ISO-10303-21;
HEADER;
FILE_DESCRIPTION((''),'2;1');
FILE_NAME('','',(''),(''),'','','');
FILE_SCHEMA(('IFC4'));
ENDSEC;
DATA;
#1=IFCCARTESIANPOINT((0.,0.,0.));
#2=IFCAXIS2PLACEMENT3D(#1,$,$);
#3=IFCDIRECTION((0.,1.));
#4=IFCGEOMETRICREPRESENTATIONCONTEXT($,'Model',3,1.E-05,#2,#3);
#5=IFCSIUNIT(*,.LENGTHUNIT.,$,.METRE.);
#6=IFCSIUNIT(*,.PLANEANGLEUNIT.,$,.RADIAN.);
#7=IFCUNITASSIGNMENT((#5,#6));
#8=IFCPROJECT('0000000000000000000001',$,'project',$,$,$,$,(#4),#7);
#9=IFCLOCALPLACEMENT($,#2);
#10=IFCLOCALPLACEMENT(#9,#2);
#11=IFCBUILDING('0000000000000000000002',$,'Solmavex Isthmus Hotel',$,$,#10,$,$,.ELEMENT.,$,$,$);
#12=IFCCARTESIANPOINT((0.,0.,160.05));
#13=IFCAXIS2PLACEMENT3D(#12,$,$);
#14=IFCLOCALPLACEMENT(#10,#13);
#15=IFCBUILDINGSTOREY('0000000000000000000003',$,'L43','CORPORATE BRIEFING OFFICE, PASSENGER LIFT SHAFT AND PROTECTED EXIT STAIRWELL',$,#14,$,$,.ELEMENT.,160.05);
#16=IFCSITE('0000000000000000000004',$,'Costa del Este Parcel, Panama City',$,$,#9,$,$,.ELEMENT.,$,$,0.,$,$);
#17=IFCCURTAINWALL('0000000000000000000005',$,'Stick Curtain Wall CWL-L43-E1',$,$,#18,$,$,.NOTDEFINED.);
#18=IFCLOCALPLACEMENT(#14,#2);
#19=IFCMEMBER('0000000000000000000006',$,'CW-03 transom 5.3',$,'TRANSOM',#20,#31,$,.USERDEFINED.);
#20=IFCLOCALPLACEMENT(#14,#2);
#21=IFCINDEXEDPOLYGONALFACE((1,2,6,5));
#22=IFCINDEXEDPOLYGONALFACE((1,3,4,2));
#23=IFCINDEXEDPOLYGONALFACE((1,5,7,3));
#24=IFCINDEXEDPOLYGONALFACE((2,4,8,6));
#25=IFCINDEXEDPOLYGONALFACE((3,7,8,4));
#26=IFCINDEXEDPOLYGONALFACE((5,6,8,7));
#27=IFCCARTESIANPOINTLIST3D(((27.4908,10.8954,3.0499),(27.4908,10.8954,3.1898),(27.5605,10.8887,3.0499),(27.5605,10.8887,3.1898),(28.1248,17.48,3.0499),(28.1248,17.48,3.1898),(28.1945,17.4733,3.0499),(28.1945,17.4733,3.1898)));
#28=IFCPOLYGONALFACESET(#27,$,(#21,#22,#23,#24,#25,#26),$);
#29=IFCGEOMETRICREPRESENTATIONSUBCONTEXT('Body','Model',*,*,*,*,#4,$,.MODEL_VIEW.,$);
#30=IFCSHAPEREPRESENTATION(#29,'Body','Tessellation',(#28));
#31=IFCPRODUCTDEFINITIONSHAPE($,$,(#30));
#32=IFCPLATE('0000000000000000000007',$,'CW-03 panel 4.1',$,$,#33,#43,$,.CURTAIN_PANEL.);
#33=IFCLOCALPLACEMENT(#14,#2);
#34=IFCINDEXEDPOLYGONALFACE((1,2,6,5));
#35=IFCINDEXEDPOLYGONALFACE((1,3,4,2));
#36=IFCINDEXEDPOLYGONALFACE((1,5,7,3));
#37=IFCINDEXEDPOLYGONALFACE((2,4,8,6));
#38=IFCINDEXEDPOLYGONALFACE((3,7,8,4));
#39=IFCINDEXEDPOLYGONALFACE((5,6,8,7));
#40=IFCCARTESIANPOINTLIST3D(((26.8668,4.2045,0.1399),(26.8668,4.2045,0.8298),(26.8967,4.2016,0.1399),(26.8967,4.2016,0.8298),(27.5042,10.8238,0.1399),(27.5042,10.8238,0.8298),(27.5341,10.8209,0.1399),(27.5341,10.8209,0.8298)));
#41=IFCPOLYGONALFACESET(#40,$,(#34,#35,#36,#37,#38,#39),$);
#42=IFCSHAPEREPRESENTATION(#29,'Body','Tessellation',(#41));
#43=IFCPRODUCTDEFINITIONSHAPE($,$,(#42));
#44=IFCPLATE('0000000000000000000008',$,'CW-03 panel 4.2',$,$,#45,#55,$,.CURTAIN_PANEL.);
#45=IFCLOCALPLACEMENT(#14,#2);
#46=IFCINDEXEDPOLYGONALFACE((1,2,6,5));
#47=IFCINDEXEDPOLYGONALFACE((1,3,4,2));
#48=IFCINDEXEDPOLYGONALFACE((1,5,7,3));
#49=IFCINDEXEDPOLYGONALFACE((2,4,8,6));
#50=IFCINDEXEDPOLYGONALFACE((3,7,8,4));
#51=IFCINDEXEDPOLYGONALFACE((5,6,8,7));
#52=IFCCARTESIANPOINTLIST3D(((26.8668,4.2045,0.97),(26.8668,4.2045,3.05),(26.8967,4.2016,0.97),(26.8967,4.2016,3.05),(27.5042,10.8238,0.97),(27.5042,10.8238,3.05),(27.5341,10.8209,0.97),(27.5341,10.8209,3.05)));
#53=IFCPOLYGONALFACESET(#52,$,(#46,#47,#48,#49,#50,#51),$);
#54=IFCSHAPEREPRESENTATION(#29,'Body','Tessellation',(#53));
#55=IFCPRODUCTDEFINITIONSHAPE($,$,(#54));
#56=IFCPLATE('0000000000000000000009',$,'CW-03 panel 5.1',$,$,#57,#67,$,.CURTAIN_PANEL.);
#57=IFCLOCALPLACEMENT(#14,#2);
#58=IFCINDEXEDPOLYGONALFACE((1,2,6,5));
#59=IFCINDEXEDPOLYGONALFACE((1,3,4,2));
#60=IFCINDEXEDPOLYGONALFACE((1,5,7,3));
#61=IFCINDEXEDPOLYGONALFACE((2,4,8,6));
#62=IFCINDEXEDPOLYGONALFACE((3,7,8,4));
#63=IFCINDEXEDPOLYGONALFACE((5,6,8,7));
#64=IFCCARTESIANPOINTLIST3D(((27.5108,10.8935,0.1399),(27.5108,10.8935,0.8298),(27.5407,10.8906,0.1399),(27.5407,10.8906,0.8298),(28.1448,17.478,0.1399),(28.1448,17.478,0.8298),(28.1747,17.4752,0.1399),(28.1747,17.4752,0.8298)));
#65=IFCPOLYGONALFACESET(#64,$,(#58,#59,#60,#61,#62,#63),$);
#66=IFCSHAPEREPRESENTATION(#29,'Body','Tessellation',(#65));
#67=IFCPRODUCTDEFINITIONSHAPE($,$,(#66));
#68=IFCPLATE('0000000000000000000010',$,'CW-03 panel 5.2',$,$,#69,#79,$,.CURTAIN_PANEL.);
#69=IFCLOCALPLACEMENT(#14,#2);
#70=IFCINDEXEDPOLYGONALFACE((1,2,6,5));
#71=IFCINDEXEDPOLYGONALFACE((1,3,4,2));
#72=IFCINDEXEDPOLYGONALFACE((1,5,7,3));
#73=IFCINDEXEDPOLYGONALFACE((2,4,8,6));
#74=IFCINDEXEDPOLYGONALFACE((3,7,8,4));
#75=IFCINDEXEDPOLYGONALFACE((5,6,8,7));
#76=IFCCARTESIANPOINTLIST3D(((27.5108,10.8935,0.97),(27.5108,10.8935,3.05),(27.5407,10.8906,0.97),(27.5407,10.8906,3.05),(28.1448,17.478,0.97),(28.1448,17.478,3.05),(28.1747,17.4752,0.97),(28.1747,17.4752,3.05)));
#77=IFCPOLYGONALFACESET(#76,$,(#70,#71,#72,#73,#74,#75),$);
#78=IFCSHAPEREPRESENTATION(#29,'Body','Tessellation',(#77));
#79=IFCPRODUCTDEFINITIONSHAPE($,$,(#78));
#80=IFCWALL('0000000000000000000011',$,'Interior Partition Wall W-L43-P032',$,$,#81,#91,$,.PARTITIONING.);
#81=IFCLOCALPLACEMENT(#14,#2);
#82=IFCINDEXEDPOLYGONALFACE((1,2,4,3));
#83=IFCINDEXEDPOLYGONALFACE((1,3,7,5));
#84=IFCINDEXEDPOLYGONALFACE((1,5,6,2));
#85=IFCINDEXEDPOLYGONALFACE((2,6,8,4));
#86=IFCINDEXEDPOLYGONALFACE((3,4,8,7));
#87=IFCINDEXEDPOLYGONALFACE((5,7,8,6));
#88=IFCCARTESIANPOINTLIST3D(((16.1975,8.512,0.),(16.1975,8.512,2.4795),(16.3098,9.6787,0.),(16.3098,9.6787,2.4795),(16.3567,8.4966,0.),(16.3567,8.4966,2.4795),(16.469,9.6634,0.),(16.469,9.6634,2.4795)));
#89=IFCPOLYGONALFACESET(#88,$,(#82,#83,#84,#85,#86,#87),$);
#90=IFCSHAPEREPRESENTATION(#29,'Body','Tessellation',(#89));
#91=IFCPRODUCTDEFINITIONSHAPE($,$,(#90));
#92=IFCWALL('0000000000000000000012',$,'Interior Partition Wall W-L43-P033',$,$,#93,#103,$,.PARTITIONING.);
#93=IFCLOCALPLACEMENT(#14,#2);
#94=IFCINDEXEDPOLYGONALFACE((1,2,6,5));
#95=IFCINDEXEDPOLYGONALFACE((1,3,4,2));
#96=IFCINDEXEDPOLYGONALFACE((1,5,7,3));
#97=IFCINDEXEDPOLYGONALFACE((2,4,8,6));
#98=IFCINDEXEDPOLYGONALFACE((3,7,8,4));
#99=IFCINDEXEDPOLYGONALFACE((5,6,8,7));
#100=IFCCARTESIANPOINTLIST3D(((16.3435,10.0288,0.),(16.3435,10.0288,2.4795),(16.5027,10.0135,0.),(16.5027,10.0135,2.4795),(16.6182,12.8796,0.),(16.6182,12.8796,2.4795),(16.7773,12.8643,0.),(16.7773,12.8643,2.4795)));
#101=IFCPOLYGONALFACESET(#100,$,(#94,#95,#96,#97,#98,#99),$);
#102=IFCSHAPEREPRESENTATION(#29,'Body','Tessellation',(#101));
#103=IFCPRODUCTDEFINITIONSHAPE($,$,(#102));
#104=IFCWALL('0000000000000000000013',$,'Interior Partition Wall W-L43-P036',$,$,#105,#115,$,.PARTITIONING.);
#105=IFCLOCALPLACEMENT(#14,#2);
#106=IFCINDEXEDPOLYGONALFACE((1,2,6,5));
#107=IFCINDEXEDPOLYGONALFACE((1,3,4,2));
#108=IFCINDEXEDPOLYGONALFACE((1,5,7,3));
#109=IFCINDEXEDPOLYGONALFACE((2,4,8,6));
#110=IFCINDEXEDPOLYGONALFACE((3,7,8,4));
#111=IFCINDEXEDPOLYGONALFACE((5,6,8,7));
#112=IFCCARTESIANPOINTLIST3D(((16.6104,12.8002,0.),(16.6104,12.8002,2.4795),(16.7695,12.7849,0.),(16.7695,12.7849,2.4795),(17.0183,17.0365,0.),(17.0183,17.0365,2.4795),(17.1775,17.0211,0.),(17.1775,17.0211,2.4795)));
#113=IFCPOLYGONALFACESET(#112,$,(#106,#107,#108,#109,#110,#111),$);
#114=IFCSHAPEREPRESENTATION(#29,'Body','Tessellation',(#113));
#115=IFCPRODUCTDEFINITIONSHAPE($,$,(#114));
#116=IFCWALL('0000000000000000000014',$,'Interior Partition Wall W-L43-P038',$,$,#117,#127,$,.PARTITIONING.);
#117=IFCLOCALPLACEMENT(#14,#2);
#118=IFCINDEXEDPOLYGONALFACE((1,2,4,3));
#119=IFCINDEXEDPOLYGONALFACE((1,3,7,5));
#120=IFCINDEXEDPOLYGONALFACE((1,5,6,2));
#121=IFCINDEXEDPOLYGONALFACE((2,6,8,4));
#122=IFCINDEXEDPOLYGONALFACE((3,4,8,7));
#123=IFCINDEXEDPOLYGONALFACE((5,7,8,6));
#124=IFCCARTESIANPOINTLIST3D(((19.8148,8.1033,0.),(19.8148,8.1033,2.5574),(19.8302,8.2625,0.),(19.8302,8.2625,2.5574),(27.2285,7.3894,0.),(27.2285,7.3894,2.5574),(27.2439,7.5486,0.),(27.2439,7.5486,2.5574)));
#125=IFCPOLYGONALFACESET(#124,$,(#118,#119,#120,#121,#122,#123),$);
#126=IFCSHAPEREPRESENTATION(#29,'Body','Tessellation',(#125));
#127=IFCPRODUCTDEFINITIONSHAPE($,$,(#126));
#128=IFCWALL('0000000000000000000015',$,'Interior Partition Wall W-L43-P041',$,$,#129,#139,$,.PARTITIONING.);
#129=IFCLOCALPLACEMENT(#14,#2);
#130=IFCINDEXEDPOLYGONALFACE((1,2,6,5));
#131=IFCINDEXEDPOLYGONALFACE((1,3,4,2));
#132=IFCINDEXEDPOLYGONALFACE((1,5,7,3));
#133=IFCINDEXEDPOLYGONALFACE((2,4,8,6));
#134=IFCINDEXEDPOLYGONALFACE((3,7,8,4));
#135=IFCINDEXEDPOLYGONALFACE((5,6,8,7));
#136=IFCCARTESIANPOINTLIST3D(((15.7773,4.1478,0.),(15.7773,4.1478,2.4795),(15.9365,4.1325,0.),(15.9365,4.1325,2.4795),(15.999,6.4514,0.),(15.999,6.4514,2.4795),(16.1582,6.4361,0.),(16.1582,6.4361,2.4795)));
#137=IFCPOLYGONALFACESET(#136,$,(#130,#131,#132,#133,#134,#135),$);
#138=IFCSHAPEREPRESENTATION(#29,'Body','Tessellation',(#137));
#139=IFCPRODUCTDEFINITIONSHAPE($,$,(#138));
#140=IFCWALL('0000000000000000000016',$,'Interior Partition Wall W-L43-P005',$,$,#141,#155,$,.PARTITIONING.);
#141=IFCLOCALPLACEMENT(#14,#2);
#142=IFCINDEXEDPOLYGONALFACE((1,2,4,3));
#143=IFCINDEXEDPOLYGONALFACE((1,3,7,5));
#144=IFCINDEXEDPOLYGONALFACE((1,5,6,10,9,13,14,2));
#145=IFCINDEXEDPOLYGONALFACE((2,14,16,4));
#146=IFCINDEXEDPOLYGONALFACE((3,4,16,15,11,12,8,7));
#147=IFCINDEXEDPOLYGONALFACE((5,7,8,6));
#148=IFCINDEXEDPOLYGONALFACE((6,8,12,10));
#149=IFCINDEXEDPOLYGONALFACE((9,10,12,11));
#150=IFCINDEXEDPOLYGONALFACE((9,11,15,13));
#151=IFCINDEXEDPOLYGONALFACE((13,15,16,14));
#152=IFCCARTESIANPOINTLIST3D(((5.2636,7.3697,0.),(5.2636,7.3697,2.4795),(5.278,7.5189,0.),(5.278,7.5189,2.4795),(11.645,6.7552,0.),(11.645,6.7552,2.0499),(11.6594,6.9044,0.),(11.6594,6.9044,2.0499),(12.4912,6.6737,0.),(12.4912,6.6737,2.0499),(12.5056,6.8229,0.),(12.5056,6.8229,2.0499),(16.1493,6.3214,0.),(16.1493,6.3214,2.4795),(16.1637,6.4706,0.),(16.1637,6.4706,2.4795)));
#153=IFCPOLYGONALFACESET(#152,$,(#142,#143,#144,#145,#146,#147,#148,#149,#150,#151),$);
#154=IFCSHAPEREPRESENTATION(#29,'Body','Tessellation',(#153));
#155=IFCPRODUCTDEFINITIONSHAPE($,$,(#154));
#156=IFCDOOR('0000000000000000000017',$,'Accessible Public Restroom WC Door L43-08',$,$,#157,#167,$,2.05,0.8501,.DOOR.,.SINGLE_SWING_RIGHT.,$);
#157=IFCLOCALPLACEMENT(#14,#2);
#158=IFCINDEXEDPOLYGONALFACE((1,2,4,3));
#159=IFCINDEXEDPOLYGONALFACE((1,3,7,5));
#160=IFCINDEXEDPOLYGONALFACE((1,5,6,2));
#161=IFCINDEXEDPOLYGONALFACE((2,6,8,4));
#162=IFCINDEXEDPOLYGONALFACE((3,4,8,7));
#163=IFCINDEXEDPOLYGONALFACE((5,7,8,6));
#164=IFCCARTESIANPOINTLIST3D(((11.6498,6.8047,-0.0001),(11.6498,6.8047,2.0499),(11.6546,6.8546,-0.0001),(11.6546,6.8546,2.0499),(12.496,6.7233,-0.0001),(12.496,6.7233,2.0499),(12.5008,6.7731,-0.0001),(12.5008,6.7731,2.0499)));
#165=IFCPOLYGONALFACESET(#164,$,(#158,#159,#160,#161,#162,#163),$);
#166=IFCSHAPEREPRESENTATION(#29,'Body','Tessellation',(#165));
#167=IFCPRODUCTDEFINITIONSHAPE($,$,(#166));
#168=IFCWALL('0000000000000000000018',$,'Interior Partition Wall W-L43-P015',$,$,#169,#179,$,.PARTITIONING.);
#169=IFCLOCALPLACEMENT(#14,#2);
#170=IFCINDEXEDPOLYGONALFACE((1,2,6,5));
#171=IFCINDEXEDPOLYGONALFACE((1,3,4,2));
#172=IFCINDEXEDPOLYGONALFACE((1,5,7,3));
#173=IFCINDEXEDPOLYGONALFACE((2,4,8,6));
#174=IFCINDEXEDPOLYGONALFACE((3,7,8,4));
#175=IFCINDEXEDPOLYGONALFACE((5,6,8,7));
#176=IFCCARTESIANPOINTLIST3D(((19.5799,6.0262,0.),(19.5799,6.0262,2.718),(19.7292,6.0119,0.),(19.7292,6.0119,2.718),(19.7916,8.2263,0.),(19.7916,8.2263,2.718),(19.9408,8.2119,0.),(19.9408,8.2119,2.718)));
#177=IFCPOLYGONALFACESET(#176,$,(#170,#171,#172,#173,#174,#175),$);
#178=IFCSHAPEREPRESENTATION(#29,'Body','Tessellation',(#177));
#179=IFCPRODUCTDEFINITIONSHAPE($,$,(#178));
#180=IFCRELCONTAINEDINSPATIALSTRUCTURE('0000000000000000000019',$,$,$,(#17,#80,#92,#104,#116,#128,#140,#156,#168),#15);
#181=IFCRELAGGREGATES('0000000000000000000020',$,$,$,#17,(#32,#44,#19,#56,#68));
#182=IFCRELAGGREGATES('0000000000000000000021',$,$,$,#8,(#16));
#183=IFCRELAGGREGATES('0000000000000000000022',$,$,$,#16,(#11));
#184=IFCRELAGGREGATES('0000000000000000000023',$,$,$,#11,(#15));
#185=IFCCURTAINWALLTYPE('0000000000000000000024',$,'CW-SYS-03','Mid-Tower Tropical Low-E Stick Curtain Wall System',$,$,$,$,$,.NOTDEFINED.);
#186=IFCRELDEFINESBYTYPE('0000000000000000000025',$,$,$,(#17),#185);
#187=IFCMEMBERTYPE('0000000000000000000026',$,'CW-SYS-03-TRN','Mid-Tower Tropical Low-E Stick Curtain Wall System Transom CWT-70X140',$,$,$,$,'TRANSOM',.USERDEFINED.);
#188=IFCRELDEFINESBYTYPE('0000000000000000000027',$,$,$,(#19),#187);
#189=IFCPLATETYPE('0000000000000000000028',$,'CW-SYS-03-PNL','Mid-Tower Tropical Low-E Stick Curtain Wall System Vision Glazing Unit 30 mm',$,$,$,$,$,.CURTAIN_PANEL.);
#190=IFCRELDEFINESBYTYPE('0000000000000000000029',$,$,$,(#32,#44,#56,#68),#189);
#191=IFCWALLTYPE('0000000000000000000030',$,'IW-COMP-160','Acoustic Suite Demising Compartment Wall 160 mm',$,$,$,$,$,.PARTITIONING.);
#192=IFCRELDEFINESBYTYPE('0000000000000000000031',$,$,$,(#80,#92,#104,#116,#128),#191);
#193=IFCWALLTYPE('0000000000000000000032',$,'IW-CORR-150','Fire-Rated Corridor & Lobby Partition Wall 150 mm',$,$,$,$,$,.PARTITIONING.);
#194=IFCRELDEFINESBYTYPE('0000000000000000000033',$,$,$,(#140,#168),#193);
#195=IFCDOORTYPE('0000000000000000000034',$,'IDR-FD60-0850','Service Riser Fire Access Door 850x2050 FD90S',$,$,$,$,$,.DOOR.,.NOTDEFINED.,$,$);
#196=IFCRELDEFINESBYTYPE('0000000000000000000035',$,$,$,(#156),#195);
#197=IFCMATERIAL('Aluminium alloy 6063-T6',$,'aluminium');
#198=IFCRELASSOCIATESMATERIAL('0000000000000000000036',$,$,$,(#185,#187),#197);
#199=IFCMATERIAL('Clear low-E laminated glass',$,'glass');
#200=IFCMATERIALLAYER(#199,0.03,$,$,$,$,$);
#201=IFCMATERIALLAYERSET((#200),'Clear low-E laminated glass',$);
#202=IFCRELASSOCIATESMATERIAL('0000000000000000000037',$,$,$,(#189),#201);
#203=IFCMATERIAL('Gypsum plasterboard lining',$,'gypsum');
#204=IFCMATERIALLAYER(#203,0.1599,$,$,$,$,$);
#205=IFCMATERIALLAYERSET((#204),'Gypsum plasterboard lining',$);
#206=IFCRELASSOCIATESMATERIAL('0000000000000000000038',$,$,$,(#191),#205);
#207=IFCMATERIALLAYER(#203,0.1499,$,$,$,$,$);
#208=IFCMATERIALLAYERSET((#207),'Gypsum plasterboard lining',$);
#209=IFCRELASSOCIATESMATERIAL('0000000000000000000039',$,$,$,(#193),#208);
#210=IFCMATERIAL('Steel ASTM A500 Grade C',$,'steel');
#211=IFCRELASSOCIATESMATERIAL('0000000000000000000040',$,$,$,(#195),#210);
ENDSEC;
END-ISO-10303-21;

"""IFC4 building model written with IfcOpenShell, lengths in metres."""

from ifc_helpers import new_model, si_unit, direction, frame, frame_2d, origin, origin_2d, place, context, subcontext, project, spatial, rectangle, extrude, material, layer, layer_set, material_profile, profile_set, type_object, element, fill, aggregate, save


model = new_model("IFC4")

# Units and contexts
model_context = context("Model", 3, precision=1e-05, world=origin(), true_north=direction((0.0, 1.0)))
body_context = subcontext(model_context, "Body", "Model", "MODEL_VIEW")
ifc_project = project(units=[si_unit("LENGTHUNIT", "METRE"), si_unit("PLANEANGLEUNIT", "RADIAN")], contexts=[model_context])

# Site, building, storey
site_placement = place(None, origin())
site = spatial("IfcSite", under=ifc_project, at=site_placement, Name="Costa del Este Parcel, Panama City", CompositionType="ELEMENT", RefElevation=0.0)
building_placement = place(site_placement, origin())
building = spatial("IfcBuilding", under=site, at=building_placement, Name="Solmavex Isthmus Hotel", CompositionType="ELEMENT")
storey_placement = place(building_placement, frame((0.0, 0.0, 160.05)))
storey = spatial("IfcBuildingStorey", under=building, at=storey_placement, Name="L43", Description="CORPORATE BRIEFING OFFICE, PASSENGER LIFT SHAFT AND PROTECTED EXIT STAIRWELL", CompositionType="ELEMENT", Elevation=160.05)

# Curtain wall, member, plates
ifc_material_1 = material(Name="Aluminium alloy 6063-T6", Category="aluminium")
curtain_wall_type = type_object("IfcCurtainWallType", Name="CW-SYS-03", Description="Mid-Tower Tropical Low-E Stick Curtain Wall System", PredefinedType="NOTDEFINED", material=ifc_material_1)
curtain_wall_placement = place(storey_placement, origin())
curtain_wall = element("IfcCurtainWall", 1, at=curtain_wall_placement, inside=storey, type_object=curtain_wall_type, Name="Stick Curtain Wall CWL-L43-E1", PredefinedType="NOTDEFINED")
ifc_material_profile_1 = material_profile(ifc_material_1, rectangle(XDim=0.0701, YDim=0.1399, at=origin_2d()), Name="CWT-70X140")
ifc_profile_set_1 = profile_set([ifc_material_profile_1], Name="Aluminium alloy 6063-T6")
member_type_1 = type_object("IfcMemberType", Name="CW-SYS-03-TRN", Description="Mid-Tower Tropical Low-E Stick Curtain Wall System Transom CWT-70X140", ElementType="TRANSOM", PredefinedType="USERDEFINED", material=ifc_profile_set_1)
member_1_placement = place(storey_placement, frame((27.5256, 10.8921, 3.1199), z_axis=(0.095849, 0.995396, 0.0), x_axis=(-0.995396, 0.095849, 0.0)))
member_1 = element("IfcMember", 2, at=member_1_placement, type_object=member_type_1, Name="CW-03 transom 5.3", ObjectType="TRANSOM", PredefinedType="USERDEFINED", context=body_context, shape_type="SweptSolid", body=[
    extrude(rectangle(XDim=0.0701, YDim=0.1399, at=origin_2d()), origin(), (0.0, 0.0, 1.0), 6.615),
])
ifc_material_2 = material(Name="Clear low-E laminated glass", Category="glass")
ifc_layer_1 = layer(ifc_material_2, 0.03)
ifc_layer_set_1 = layer_set([ifc_layer_1], Name="Clear low-E laminated glass")
plate_type = type_object("IfcPlateType", Name="CW-SYS-03-PNL", Description="Mid-Tower Tropical Low-E Stick Curtain Wall System Vision Glazing Unit 30 mm", PredefinedType="CURTAIN_PANEL", material=ifc_layer_set_1)
plate_1_placement = place(storey_placement, frame((27.2004, 7.5127, 0.1399), z_axis=(0.0, 0.0, 1.0), x_axis=(0.095846, 0.995396, 0.0)))
plate_1 = element("IfcPlate", 3, at=plate_1_placement, type_object=plate_type, Name="CW-03 panel 4.1", PredefinedType="CURTAIN_PANEL", context=body_context, shape_type="SweptSolid", body=[
    extrude(rectangle(XDim=6.6499, YDim=0.03, at=origin_2d()), origin(), (0.0, 0.0, 1.0), 0.6899),
])
plate_2_placement = place(storey_placement, frame((27.2004, 7.5127, 0.97), z_axis=(0.0, 0.0, 1.0), x_axis=(0.095846, 0.995396, 0.0)))
plate_2 = element("IfcPlate", 4, at=plate_2_placement, type_object=plate_type, Name="CW-03 panel 4.2", PredefinedType="CURTAIN_PANEL", context=body_context, shape_type="SweptSolid", body=[
    extrude(rectangle(XDim=6.6499, YDim=0.03, at=origin_2d()), origin(), (0.0, 0.0, 1.0), 2.0801),
])
plate_3_placement = place(storey_placement, frame((27.8428, 14.1843, 0.1399), z_axis=(0.0, 0.0, 1.0), x_axis=(0.095846, 0.995396, 0.0)))
plate_3 = element("IfcPlate", 5, at=plate_3_placement, type_object=plate_type, Name="CW-03 panel 5.1", PredefinedType="CURTAIN_PANEL", context=body_context, shape_type="SweptSolid", body=[
    extrude(rectangle(XDim=6.615, YDim=0.03, at=origin_2d()), origin(), (0.0, 0.0, 1.0), 0.6899),
])
plate_4_placement = place(storey_placement, frame((27.8428, 14.1843, 0.97), z_axis=(0.0, 0.0, 1.0), x_axis=(0.095846, 0.995396, 0.0)))
plate_4 = element("IfcPlate", 6, at=plate_4_placement, type_object=plate_type, Name="CW-03 panel 5.2", PredefinedType="CURTAIN_PANEL", context=body_context, shape_type="SweptSolid", body=[
    extrude(rectangle(XDim=6.615, YDim=0.03, at=origin_2d()), origin(), (0.0, 0.0, 1.0), 2.0801),
])
aggregate(curtain_wall, [plate_1, plate_2, member_1, plate_3, plate_4])

# Walls
ifc_material_3 = material(Name="Gypsum plasterboard lining", Category="gypsum")
ifc_layer_2 = layer(ifc_material_3, 0.1599)
ifc_layer_set_2 = layer_set([ifc_layer_2], Name="Gypsum plasterboard lining")
wall_type_1 = type_object("IfcWallType", Name="IW-COMP-160", Description="Acoustic Suite Demising Compartment Wall 160 mm", PredefinedType="PARTITIONING", material=ifc_layer_set_2)
wall_1_placement = place(storey_placement, frame((16.3894, 9.6709, 0.0), z_axis=(0.0, 0.0, 1.0), x_axis=(-0.095812, -0.995399, 0.0)))
element("IfcWall", 7, at=wall_1_placement, inside=storey, type_object=wall_type_1, Name="Interior Partition Wall W-L43-P032", PredefinedType="PARTITIONING", context=body_context, shape_type="SweptSolid", body=[
    extrude(rectangle(XDim=1.1721, YDim=0.1599, at=frame_2d((0.5859, 0.0))), origin(), (0.0, 0.0, 1.0), 2.4795),
])
wall_2_placement = place(storey_placement, frame((16.6978, 12.8721, 0.0), z_axis=(0.0, 0.0, 1.0), x_axis=(-0.095899, -0.995391, 0.0)))
element("IfcWall", 8, at=wall_2_placement, inside=storey, type_object=wall_type_1, Name="Interior Partition Wall W-L43-P033", PredefinedType="PARTITIONING", context=body_context, shape_type="SweptSolid", body=[
    extrude(rectangle(XDim=2.864, YDim=0.1599, at=frame_2d((1.4321, 0.0))), origin(), (0.0, 0.0, 1.0), 2.4795),
])
wall_3_placement = place(storey_placement, frame((17.0979, 17.0288, 0.0), z_axis=(0.0, 0.0, 1.0), x_axis=(-0.095857, -0.995395, 0.0)))
element("IfcWall", 9, at=wall_3_placement, inside=storey, type_object=wall_type_1, Name="Interior Partition Wall W-L43-P036", PredefinedType="PARTITIONING", context=body_context, shape_type="SweptSolid", body=[
    extrude(rectangle(XDim=4.2559, YDim=0.1599, at=frame_2d((2.1279, 0.0))), origin(), (0.0, 0.0, 1.0), 2.4795),
])
wall_4_placement = place(storey_placement, frame((27.2363, 7.469, 0.0), z_axis=(0.0, 0.0, 1.0), x_axis=(-0.995396, 0.095845, 0.0)))
element("IfcWall", 10, at=wall_4_placement, inside=storey, type_object=wall_type_1, Name="Interior Partition Wall W-L43-P038", PredefinedType="PARTITIONING", context=body_context, shape_type="SweptSolid", body=[
    extrude(rectangle(XDim=7.448, YDim=0.1599, at=frame_2d((3.7241, 0.0))), origin(), (0.0, 0.0, 1.0), 2.5574),
])
wall_5_placement = place(storey_placement, frame((16.0786, 6.4438, 0.0), z_axis=(0.0, 0.0, 1.0), x_axis=(-0.095795, -0.995401, 0.0)))
element("IfcWall", 11, at=wall_5_placement, inside=storey, type_object=wall_type_1, Name="Interior Partition Wall W-L43-P041", PredefinedType="PARTITIONING", context=body_context, shape_type="SweptSolid", body=[
    extrude(rectangle(XDim=2.3142, YDim=0.1599, at=frame_2d((1.1572, 0.0))), origin(), (0.0, 0.0, 1.0), 2.4795),
])

# Wall, opening, door
ifc_layer_3 = layer(ifc_material_3, 0.1499)
ifc_layer_set_3 = layer_set([ifc_layer_3], Name="Gypsum plasterboard lining")
wall_type_2 = type_object("IfcWallType", Name="IW-CORR-150", Description="Fire-Rated Corridor & Lobby Partition Wall 150 mm", PredefinedType="PARTITIONING", material=ifc_layer_set_3)
wall_6_placement = place(storey_placement, frame((16.1565, 6.396, 0.0), z_axis=(0.0, 0.0, 1.0), x_axis=(-0.995395, 0.09586, 0.0)))
wall_6 = element("IfcWall", 12, at=wall_6_placement, inside=storey, type_object=wall_type_2, Name="Interior Partition Wall W-L43-P005", PredefinedType="PARTITIONING", context=body_context, shape_type="SweptSolid", body=[
    extrude(rectangle(XDim=10.936, YDim=0.1499, at=frame_2d((5.468, 0.0))), origin(), (0.0, 0.0, 1.0), 2.4795),
])
opening_1_placement = place(wall_6_placement, frame((3.675, 0.0, 0.0)))
opening_1 = element("IfcOpeningElement", 13, at=opening_1_placement, cuts=wall_6, PredefinedType="OPENING", context=body_context, shape_type="SweptSolid", body=[
    extrude(rectangle(XDim=0.8501, YDim=2.05, at=frame_2d((0.425, 1.0249))), frame((0.0, 0.085, 0.0), z_axis=(0.0, -1.0, 0.0), x_axis=(1.0, 0.0, 0.0)), (0.0, 0.0, 1.0), 0.1699),
])
ifc_material_4 = material(Name="Steel ASTM A500 Grade C", Category="steel")
door_type_1 = type_object("IfcDoorType", Name="IDR-FD60-0850", Description="Service Riser Fire Access Door 850x2050 FD90S", OperationType="NOTDEFINED", PredefinedType="DOOR", material=ifc_material_4)
door_1_placement = place(opening_1_placement, frame((0.8501, 0.0, 0.0), z_axis=(0.0, 0.0, 1.0), x_axis=(-1.0, 0.0, 0.0)))
door_1 = element("IfcDoor", 14, at=door_1_placement, inside=storey, type_object=door_type_1, Name="Accessible Public Restroom WC Door L43-08", OperationType="SINGLE_SWING_RIGHT", OverallHeight=2.05, OverallWidth=0.8501, PredefinedType="DOOR", context=body_context, shape_type="SweptSolid", body=[
    extrude(rectangle(XDim=0.8501, YDim=2.05, at=frame_2d((0.425, 1.0249))), frame((0.0, 0.0249, 0.0), z_axis=(0.0, -1.0, 0.0), x_axis=(1.0, 0.0, 0.0)), (0.0, 0.0, 1.0), 0.05),
])
fill(opening_1, door_1)

# Wall
wall_7_placement = place(storey_placement, frame((19.8662, 8.219, 0.0), z_axis=(0.0, 0.0, 1.0), x_axis=(-0.095773, -0.995403, 0.0)))
element("IfcWall", 15, at=wall_7_placement, inside=storey, type_object=wall_type_2, Name="Interior Partition Wall W-L43-P015", PredefinedType="PARTITIONING", context=body_context, shape_type="SweptSolid", body=[
    extrude(rectangle(XDim=2.2102, YDim=0.1499, at=frame_2d((1.105, 0.0))), origin(), (0.0, 0.0, 1.0), 2.718),
])

save(model, "model.ifc")
